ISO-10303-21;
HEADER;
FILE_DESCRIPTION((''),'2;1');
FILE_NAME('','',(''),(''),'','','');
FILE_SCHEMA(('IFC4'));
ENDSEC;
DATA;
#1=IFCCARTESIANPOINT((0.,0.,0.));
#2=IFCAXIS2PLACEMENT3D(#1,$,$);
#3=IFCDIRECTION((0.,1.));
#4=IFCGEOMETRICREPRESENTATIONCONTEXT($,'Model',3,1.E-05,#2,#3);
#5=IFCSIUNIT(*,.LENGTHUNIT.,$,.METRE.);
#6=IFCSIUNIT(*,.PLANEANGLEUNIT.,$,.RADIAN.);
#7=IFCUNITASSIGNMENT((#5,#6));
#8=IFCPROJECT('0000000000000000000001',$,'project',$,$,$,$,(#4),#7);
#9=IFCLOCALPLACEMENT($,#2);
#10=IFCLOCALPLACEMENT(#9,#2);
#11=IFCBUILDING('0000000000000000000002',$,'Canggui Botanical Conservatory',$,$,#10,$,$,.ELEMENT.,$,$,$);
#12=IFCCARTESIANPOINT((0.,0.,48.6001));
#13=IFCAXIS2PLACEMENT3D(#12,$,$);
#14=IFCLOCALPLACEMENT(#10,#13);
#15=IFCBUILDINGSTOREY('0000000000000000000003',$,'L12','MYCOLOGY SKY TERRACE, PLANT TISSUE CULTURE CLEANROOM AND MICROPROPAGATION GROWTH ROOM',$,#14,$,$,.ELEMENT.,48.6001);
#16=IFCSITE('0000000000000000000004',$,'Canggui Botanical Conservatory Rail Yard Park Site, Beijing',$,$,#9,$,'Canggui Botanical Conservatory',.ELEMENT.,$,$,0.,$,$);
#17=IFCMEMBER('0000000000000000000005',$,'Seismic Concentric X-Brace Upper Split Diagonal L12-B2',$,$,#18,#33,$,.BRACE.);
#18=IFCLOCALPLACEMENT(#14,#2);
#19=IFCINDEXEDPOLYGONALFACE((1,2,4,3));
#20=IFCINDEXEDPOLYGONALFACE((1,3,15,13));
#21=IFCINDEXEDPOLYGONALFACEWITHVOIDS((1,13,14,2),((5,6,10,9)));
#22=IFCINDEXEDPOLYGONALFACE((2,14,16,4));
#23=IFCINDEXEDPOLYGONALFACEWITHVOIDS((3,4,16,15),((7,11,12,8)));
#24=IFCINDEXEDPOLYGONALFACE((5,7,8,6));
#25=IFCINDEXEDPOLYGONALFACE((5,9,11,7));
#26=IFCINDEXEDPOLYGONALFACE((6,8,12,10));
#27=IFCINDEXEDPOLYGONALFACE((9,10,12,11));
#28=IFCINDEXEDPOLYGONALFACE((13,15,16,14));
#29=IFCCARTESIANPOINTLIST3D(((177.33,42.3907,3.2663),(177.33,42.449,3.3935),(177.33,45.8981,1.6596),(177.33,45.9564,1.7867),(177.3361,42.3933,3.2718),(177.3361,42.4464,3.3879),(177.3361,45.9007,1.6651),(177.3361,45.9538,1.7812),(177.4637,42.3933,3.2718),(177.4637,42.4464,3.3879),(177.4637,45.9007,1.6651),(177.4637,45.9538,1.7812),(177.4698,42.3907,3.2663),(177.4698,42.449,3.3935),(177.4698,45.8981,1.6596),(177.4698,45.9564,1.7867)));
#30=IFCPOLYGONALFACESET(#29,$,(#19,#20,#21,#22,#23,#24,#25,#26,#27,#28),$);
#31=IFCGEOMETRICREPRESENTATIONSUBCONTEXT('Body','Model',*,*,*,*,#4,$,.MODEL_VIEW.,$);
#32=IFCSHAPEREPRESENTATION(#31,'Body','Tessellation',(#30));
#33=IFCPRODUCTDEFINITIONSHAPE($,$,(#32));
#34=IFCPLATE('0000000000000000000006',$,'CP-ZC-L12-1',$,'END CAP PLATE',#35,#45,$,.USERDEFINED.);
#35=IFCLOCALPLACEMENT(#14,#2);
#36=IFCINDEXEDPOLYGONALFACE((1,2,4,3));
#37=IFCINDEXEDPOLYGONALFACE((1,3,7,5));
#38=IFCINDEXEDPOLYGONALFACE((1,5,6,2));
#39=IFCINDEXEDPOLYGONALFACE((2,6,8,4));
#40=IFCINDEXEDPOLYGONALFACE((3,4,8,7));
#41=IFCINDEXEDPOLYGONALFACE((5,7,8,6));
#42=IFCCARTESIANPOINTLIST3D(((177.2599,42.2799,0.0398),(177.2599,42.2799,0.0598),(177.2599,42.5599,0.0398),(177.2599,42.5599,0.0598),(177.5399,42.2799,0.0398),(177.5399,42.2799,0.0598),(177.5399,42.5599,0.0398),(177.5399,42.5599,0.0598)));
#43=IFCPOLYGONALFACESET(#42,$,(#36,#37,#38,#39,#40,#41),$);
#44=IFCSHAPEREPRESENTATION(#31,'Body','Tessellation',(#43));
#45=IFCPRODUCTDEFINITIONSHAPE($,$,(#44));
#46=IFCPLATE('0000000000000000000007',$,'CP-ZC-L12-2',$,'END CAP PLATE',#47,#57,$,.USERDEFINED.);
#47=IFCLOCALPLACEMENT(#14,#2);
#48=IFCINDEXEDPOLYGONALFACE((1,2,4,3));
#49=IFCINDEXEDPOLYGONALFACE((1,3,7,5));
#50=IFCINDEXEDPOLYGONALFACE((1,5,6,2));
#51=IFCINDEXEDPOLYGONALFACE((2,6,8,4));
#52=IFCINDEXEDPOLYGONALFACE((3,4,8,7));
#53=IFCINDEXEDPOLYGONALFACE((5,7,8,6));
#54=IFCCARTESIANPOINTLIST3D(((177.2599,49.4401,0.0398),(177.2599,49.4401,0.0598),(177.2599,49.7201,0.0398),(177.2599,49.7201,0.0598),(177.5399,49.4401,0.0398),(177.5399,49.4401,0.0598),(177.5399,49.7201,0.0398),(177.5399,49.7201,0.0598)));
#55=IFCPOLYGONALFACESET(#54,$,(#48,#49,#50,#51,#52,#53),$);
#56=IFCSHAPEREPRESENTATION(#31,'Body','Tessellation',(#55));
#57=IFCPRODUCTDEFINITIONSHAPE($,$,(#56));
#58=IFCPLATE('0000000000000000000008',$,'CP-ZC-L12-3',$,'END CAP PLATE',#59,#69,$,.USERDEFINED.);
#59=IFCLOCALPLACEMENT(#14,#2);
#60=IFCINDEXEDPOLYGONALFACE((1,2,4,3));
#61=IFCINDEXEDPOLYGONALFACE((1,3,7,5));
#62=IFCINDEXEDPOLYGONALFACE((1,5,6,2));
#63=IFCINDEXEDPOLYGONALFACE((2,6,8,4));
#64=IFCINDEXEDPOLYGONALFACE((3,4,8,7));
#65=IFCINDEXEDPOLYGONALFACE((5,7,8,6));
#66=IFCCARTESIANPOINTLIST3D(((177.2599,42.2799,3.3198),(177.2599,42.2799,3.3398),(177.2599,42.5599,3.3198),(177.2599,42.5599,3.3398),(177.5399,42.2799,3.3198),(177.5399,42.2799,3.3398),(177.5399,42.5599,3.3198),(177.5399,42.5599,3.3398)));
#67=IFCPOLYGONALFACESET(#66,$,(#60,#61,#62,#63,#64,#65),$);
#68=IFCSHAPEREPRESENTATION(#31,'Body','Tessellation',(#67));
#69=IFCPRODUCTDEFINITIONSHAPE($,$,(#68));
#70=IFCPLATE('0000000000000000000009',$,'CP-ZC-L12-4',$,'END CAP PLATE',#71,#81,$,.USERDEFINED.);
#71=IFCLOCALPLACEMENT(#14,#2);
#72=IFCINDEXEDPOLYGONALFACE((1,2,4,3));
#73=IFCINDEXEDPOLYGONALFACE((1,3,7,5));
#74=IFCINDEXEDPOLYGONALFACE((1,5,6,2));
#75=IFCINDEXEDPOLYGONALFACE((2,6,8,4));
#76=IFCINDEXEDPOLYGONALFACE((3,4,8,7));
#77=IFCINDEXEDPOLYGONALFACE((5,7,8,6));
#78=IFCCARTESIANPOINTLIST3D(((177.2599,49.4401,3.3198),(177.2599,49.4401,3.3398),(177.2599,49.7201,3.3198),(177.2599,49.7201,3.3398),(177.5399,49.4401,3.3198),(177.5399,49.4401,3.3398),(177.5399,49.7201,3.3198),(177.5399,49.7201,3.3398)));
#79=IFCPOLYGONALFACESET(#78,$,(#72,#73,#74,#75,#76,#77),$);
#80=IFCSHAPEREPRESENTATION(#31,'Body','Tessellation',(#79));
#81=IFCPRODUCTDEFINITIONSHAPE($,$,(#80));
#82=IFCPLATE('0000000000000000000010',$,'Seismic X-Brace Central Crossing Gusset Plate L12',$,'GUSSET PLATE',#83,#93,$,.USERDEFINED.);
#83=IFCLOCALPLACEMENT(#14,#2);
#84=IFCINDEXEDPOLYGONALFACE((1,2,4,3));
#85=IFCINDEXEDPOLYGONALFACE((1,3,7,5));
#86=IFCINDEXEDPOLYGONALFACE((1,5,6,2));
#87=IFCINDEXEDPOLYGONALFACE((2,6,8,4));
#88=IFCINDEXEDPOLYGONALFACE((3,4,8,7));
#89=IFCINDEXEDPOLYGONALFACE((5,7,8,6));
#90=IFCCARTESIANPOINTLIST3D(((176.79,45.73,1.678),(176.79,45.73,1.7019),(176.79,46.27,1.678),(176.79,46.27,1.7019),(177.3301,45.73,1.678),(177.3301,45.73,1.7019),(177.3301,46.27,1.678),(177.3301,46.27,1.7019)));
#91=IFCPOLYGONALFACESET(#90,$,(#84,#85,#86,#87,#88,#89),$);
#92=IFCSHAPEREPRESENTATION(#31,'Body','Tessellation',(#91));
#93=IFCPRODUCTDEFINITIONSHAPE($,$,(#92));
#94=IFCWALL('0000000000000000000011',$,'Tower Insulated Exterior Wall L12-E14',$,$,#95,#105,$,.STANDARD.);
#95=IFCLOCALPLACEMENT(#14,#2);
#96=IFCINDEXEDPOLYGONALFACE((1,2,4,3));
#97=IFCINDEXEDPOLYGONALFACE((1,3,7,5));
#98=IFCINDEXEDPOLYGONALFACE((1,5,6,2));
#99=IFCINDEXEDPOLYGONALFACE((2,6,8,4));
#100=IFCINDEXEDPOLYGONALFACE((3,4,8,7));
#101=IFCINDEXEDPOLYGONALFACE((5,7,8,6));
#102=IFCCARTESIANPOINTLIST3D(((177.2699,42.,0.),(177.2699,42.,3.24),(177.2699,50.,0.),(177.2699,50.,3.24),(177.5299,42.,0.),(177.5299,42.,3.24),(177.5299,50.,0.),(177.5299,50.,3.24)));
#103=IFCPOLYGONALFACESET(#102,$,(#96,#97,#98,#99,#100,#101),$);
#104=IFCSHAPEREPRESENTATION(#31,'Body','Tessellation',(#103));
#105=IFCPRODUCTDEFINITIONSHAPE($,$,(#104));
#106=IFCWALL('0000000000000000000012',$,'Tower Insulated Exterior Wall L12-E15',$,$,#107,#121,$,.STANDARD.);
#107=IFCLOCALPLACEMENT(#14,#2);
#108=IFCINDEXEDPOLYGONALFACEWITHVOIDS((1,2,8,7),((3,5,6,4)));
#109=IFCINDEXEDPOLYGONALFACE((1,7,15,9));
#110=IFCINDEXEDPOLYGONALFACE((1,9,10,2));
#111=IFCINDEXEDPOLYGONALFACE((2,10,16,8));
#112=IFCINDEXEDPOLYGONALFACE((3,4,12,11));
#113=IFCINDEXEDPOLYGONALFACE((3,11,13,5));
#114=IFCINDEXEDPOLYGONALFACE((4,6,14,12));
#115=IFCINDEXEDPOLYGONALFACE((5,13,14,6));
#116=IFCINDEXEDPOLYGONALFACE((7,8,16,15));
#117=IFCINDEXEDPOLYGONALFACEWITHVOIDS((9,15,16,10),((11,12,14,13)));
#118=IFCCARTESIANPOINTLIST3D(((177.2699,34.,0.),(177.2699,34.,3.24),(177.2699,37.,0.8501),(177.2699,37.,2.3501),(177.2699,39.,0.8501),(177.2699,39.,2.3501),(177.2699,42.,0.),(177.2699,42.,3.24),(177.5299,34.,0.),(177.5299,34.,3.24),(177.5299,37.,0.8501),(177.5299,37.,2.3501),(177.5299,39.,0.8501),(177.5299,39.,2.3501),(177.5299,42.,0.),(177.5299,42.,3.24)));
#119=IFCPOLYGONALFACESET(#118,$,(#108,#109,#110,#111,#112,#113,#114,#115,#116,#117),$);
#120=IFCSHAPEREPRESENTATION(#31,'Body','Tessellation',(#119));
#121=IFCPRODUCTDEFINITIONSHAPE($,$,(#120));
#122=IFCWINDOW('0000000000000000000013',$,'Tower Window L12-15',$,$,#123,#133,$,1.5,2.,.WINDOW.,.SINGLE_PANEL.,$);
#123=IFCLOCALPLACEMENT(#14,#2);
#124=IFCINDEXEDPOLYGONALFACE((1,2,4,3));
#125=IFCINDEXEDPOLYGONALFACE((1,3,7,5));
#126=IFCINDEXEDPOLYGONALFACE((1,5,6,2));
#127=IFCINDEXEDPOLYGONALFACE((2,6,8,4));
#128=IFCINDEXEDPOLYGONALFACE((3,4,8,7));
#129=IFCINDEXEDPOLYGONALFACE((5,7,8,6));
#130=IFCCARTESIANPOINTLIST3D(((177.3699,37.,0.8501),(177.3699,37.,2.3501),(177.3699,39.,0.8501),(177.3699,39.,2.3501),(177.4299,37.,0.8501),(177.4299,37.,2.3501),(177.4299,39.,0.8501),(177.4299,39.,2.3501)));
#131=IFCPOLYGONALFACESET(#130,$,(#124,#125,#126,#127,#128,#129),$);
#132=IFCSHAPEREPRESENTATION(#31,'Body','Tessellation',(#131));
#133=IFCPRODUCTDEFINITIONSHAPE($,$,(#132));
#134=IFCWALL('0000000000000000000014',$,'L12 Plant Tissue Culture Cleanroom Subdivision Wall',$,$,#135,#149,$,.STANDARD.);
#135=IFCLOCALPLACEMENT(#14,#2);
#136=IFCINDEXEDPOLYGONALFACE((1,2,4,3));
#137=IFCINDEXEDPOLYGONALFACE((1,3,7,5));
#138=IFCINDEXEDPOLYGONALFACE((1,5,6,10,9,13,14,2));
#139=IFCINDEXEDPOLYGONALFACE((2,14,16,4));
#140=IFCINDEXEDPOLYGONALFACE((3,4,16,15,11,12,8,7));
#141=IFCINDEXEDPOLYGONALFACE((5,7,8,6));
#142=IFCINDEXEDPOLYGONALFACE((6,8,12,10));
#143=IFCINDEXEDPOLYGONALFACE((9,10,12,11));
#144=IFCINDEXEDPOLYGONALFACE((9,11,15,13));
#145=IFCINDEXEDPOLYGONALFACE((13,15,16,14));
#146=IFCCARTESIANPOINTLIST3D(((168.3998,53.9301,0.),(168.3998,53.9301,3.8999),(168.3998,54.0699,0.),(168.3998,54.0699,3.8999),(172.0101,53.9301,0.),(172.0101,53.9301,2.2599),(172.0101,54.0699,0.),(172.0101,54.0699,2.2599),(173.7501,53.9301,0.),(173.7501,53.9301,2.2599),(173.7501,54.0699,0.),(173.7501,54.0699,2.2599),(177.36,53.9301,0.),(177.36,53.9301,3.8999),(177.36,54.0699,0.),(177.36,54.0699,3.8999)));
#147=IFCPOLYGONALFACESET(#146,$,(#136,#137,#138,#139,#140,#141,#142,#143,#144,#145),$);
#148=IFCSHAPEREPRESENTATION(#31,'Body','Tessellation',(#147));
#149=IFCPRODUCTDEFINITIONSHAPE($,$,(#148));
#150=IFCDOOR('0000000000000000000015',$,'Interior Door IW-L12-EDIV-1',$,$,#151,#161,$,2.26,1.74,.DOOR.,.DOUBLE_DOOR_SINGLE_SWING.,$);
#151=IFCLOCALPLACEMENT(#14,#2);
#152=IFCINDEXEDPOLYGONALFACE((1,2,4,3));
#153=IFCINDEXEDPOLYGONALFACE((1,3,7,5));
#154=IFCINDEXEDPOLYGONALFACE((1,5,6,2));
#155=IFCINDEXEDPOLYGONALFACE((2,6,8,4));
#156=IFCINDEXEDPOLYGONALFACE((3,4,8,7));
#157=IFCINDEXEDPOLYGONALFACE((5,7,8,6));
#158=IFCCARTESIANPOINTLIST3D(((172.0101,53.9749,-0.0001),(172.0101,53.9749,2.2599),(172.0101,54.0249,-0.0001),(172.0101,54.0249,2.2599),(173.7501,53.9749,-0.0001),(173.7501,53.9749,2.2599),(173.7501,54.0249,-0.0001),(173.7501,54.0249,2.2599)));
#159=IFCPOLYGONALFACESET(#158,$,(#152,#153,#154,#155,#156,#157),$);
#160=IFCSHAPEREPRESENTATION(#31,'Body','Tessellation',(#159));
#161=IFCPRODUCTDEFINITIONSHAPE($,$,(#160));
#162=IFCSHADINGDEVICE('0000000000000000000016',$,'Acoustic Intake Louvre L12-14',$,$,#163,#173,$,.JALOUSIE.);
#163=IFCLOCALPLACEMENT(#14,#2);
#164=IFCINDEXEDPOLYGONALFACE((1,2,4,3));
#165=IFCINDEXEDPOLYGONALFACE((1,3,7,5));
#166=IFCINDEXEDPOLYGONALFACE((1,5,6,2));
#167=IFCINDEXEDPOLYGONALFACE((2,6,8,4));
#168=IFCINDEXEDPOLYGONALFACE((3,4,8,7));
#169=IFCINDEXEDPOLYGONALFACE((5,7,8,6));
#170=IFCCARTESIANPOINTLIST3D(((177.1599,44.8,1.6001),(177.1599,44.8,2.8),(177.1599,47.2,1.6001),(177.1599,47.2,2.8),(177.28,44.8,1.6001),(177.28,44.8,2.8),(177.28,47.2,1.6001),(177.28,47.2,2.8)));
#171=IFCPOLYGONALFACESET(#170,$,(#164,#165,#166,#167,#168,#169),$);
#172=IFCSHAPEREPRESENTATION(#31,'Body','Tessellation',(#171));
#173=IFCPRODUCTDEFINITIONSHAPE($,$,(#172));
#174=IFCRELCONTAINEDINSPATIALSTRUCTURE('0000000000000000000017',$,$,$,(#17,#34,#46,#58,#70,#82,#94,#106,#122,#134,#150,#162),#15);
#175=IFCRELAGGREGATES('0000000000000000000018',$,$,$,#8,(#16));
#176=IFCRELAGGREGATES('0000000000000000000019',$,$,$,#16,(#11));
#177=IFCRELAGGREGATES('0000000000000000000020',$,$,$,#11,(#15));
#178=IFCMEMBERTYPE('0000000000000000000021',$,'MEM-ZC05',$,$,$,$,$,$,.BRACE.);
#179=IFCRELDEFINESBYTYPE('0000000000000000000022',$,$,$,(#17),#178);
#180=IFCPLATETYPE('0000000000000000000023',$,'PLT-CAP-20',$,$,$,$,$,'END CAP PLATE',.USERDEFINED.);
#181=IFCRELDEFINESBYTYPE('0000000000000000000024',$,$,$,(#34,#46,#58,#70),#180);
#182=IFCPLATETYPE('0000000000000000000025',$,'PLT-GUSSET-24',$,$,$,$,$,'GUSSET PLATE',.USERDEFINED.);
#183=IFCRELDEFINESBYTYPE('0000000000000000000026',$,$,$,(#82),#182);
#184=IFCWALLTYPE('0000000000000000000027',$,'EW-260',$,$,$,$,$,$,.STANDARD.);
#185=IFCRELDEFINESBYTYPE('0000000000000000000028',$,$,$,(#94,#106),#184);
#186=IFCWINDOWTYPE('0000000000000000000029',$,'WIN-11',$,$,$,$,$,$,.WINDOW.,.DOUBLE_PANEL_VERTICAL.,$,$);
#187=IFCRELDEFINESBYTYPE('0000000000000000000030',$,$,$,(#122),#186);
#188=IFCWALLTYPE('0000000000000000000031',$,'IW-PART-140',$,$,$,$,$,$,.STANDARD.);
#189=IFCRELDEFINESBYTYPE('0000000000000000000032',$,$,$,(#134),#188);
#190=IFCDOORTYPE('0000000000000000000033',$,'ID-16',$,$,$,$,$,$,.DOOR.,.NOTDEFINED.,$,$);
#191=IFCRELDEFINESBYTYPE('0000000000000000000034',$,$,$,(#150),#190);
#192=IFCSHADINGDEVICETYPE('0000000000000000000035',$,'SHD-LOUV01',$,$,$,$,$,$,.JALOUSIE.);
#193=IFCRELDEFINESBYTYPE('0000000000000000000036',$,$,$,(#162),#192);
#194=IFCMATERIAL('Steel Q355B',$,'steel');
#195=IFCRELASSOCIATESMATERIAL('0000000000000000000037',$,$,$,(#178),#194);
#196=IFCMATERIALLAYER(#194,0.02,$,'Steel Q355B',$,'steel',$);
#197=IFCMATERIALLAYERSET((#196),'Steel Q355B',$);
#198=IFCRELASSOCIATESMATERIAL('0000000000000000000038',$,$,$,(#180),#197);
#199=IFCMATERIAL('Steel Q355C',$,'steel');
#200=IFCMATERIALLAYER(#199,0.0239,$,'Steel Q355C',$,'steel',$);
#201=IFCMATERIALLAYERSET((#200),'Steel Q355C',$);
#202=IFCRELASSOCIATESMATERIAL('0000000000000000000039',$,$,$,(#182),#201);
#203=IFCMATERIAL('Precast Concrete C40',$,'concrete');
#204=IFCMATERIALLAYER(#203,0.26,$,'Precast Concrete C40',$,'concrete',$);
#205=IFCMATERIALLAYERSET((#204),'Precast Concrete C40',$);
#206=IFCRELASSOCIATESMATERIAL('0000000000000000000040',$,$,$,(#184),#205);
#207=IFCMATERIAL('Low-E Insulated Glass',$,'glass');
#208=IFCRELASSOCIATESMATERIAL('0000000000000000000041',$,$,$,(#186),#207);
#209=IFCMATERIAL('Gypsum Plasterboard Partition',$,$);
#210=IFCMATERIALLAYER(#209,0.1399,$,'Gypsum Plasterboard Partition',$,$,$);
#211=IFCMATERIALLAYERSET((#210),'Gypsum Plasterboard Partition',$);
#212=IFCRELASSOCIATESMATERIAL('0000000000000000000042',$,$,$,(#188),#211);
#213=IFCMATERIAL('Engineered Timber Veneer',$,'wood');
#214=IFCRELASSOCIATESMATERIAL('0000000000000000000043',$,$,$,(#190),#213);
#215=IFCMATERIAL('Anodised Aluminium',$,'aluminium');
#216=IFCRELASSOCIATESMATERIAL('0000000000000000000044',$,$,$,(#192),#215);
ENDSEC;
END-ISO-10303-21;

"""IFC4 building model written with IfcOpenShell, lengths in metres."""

from ifc_helpers import new_model, si_unit, direction, frame, frame_2d, origin, origin_2d, place, context, subcontext, project, spatial, rectangle, hollow_rectangle, extrude, material, layer, layer_set, material_profile, profile_set, type_object, element, fill, save


model = new_model("IFC4")

# Units and contexts
model_context = context("Model", 3, precision=1e-05, world=origin(), true_north=direction((0.0, 1.0)))
body_context = subcontext(model_context, "Body", "Model", "MODEL_VIEW")
ifc_project = project(units=[si_unit("LENGTHUNIT", "METRE"), si_unit("PLANEANGLEUNIT", "RADIAN")], contexts=[model_context])

# Site, building, storey
site_placement = place(None, origin())
site = spatial("IfcSite", under=ifc_project, at=site_placement, Name="Canggui Botanical Conservatory Rail Yard Park Site, Beijing", LongName="Canggui Botanical Conservatory", CompositionType="ELEMENT", RefElevation=0.0)
building_placement = place(site_placement, origin())
building = spatial("IfcBuilding", under=site, at=building_placement, Name="Canggui Botanical Conservatory", CompositionType="ELEMENT")
storey_placement = place(building_placement, frame((0.0, 0.0, 48.6001)))
storey = spatial("IfcBuildingStorey", under=building, at=storey_placement, Name="L12", Description="MYCOLOGY SKY TERRACE, PLANT TISSUE CULTURE CLEANROOM AND MICROPROPAGATION GROWTH ROOM", CompositionType="ELEMENT", Elevation=48.6001)

# Member
ifc_material_1 = material(Name="Steel Q355B", Category="steel")
ifc_material_profile_1 = material_profile(ifc_material_1, hollow_rectangle(XDim=0.1399, YDim=0.1399, WallThickness=0.0061, at=origin_2d()), Name="SHS 140x140x6")
ifc_profile_set_1 = profile_set([ifc_material_profile_1], Name="Steel Q355B")
member_type = type_object("IfcMemberType", Name="MEM-ZC05", PredefinedType="BRACE", material=ifc_profile_set_1)
for number, where, z_axis, x_axis, name in (
    (1, (177.3999, 45.9272, 1.7231), (0.0, -0.909147, 0.416476), (1.0, 0.0, 0.0), "Seismic Concentric X-Brace Upper Split Diagonal L12-B2"),
):
    element("IfcMember", number, at=place(storey_placement, frame(where, z_axis=z_axis, x_axis=x_axis)), inside=storey, type_object=member_type, Name=name, PredefinedType="BRACE", context=body_context, shape_type="SweptSolid", body=[
        extrude(hollow_rectangle(XDim=0.1399, YDim=0.1399, WallThickness=0.0061, at=origin_2d()), origin(), (0.0, 0.0, 1.0), 3.8579),
    ])

# Plates
ifc_layer_1 = layer(ifc_material_1, 0.02, Name="Steel Q355B", Category="steel")
ifc_layer_set_1 = layer_set([ifc_layer_1], Name="Steel Q355B")
plate_type_1 = type_object("IfcPlateType", Name="PLT-CAP-20", ElementType="END CAP PLATE", PredefinedType="USERDEFINED", material=ifc_layer_set_1)
for number, where, z_axis, x_axis, name in (
    (2, (177.3999, 42.4199, 0.0398), (0.0, 0.0, 1.0), (1.0, 0.0, 0.0), "CP-ZC-L12-1"),
    (3, (177.3999, 49.5801, 0.0398), (0.0, 0.0, 1.0), (1.0, 0.0, 0.0), "CP-ZC-L12-2"),
    (4, (177.3999, 42.4199, 3.3198), (0.0, 0.0, 1.0), (1.0, 0.0, 0.0), "CP-ZC-L12-3"),
    (5, (177.3999, 49.5801, 3.3198), (0.0, 0.0, 1.0), (1.0, 0.0, 0.0), "CP-ZC-L12-4"),
):
    element("IfcPlate", number, at=place(storey_placement, frame(where, z_axis=z_axis, x_axis=x_axis)), inside=storey, type_object=plate_type_1, Name=name, ObjectType="END CAP PLATE", PredefinedType="USERDEFINED", context=body_context, shape_type="SweptSolid", body=[
        extrude(rectangle(XDim=0.28, YDim=0.28, at=origin_2d()), origin(), (0.0, 0.0, 1.0), 0.02),
    ])
ifc_material_2 = material(Name="Steel Q355C", Category="steel")
ifc_layer_2 = layer(ifc_material_2, 0.0239, Name="Steel Q355C", Category="steel")
ifc_layer_set_2 = layer_set([ifc_layer_2], Name="Steel Q355C")
plate_type_2 = type_object("IfcPlateType", Name="PLT-GUSSET-24", ElementType="GUSSET PLATE", PredefinedType="USERDEFINED", material=ifc_layer_set_2)
plate_placement = place(storey_placement, frame((177.0601, 46.0, 1.678), z_axis=(0.0, 0.0, 1.0), x_axis=(1.0, 0.0, 0.0)))
element("IfcPlate", 6, at=plate_placement, inside=storey, type_object=plate_type_2, Name="Seismic X-Brace Central Crossing Gusset Plate L12", ObjectType="GUSSET PLATE", PredefinedType="USERDEFINED", context=body_context, shape_type="SweptSolid", body=[
    extrude(rectangle(XDim=0.54, YDim=0.54, at=origin_2d()), origin(), (0.0, 0.0, 1.0), 0.0239),
])

# Wall
ifc_material_3 = material(Name="Precast Concrete C40", Category="concrete")
ifc_layer_3 = layer(ifc_material_3, 0.26, Name="Precast Concrete C40", Category="concrete")
ifc_layer_set_3 = layer_set([ifc_layer_3], Name="Precast Concrete C40")
wall_type_1 = type_object("IfcWallType", Name="EW-260", PredefinedType="STANDARD", material=ifc_layer_set_3)
wall_1_placement = place(storey_placement, frame((177.3999, 50.0, 0.0), z_axis=(0.0, 0.0, 1.0), x_axis=(0.0, -1.0, 0.0)))
element("IfcWall", 7, at=wall_1_placement, inside=storey, type_object=wall_type_1, Name="Tower Insulated Exterior Wall L12-E14", PredefinedType="STANDARD", context=body_context, shape_type="SweptSolid", body=[
    extrude(rectangle(XDim=8.0, YDim=0.26, at=frame_2d((4.0, 0.0))), origin(), (0.0, 0.0, 1.0), 3.24),
])

# Wall, opening, window
wall_2_placement = place(storey_placement, frame((177.3999, 42.0, 0.0), z_axis=(0.0, 0.0, 1.0), x_axis=(0.0, -1.0, 0.0)))
wall_2 = element("IfcWall", 8, at=wall_2_placement, inside=storey, type_object=wall_type_1, Name="Tower Insulated Exterior Wall L12-E15", PredefinedType="STANDARD", context=body_context, shape_type="SweptSolid", body=[
    extrude(rectangle(XDim=8.0, YDim=0.26, at=frame_2d((4.0, 0.0))), origin(), (0.0, 0.0, 1.0), 3.24),
])
opening_1_placement = place(wall_2_placement, frame((3.0, 0.0, 0.8501)))
opening_1 = element("IfcOpeningElement", 9, at=opening_1_placement, cuts=wall_2, PredefinedType="OPENING", context=body_context, shape_type="SweptSolid", body=[
    extrude(rectangle(XDim=2.0, YDim=1.5, at=frame_2d((1.0, 0.75))), frame((0.0, 0.1401, 0.0), z_axis=(0.0, -1.0, 0.0), x_axis=(1.0, 0.0, 0.0)), (0.0, 0.0, 1.0), 0.28),
])
ifc_material_4 = material(Name="Low-E Insulated Glass", Category="glass")
window_type = type_object("IfcWindowType", Name="WIN-11", PartitioningType="DOUBLE_PANEL_VERTICAL", PredefinedType="WINDOW", material=ifc_material_4)
window_placement = place(opening_1_placement, origin())
window = element("IfcWindow", 10, at=window_placement, inside=storey, type_object=window_type, Name="Tower Window L12-15", OverallHeight=1.5, OverallWidth=2.0, PartitioningType="SINGLE_PANEL", PredefinedType="WINDOW", context=body_context, shape_type="SweptSolid", body=[
    extrude(rectangle(XDim=2.0, YDim=1.5, at=frame_2d((1.0, 0.75))), frame((0.0, 0.03, 0.0), z_axis=(0.0, -1.0, 0.0), x_axis=(1.0, 0.0, 0.0)), (0.0, 0.0, 1.0), 0.0601),
])
fill(opening_1, window)

# Wall, opening, door
ifc_material_5 = material(Name="Gypsum Plasterboard Partition")
ifc_layer_4 = layer(ifc_material_5, 0.1399, Name="Gypsum Plasterboard Partition")
ifc_layer_set_4 = layer_set([ifc_layer_4], Name="Gypsum Plasterboard Partition")
wall_type_2 = type_object("IfcWallType", Name="IW-PART-140", PredefinedType="STANDARD", material=ifc_layer_set_4)
wall_3_placement = place(storey_placement, frame((168.3999, 54.0, 0.0), z_axis=(0.0, 0.0, 1.0), x_axis=(1.0, 0.0, 0.0)))
wall_3 = element("IfcWall", 11, at=wall_3_placement, inside=storey, type_object=wall_type_2, Name="L12 Plant Tissue Culture Cleanroom Subdivision Wall", PredefinedType="STANDARD", context=body_context, shape_type="SweptSolid", body=[
    extrude(rectangle(XDim=8.9602, YDim=0.1399, at=frame_2d((4.48, 0.0))), origin(), (0.0, 0.0, 1.0), 3.8999),
])
opening_2_placement = place(wall_3_placement, frame((3.6101, 0.0, 0.0)))
opening_2 = element("IfcOpeningElement", 12, at=opening_2_placement, cuts=wall_3, PredefinedType="OPENING", context=body_context, shape_type="SweptSolid", body=[
    extrude(rectangle(XDim=1.74, YDim=2.26, at=frame_2d((0.8701, 1.1299))), frame((0.0, 0.0801, 0.0), z_axis=(0.0, -1.0, 0.0), x_axis=(1.0, 0.0, 0.0)), (0.0, 0.0, 1.0), 0.1599),
])
ifc_material_6 = material(Name="Engineered Timber Veneer", Category="wood")
door_type = type_object("IfcDoorType", Name="ID-16", OperationType="NOTDEFINED", PredefinedType="DOOR", material=ifc_material_6)
door_placement = place(opening_2_placement, origin())
door = element("IfcDoor", 13, at=door_placement, inside=storey, type_object=door_type, Name="Interior Door IW-L12-EDIV-1", OperationType="DOUBLE_DOOR_SINGLE_SWING", OverallHeight=2.26, OverallWidth=1.74, PredefinedType="DOOR", context=body_context, shape_type="SweptSolid", body=[
    extrude(rectangle(XDim=1.74, YDim=2.26, at=frame_2d((0.8701, 1.1299))), frame((0.0, 0.0249, 0.0), z_axis=(0.0, -1.0, 0.0), x_axis=(1.0, 0.0, 0.0)), (0.0, 0.0, 1.0), 0.05),
])
fill(opening_2, door)

# Shading device
ifc_material_7 = material(Name="Anodised Aluminium", Category="aluminium")
shading_device_type = type_object("IfcShadingDeviceType", Name="SHD-LOUV01", PredefinedType="JALOUSIE", material=ifc_material_7)
shading_device_placement = place(storey_placement, frame((177.22, 46.0, 1.6001), z_axis=(0.0, 0.0, 1.0), x_axis=(0.0, 1.0, 0.0)))
element("IfcShadingDevice", 14, at=shading_device_placement, inside=storey, type_object=shading_device_type, Name="Acoustic Intake Louvre L12-14", PredefinedType="JALOUSIE", context=body_context, shape_type="SweptSolid", body=[
    extrude(rectangle(XDim=2.3999, YDim=0.1201, at=origin_2d()), origin(), (0.0, 0.0, 1.0), 1.2),
])

save(model, "model.ifc")
